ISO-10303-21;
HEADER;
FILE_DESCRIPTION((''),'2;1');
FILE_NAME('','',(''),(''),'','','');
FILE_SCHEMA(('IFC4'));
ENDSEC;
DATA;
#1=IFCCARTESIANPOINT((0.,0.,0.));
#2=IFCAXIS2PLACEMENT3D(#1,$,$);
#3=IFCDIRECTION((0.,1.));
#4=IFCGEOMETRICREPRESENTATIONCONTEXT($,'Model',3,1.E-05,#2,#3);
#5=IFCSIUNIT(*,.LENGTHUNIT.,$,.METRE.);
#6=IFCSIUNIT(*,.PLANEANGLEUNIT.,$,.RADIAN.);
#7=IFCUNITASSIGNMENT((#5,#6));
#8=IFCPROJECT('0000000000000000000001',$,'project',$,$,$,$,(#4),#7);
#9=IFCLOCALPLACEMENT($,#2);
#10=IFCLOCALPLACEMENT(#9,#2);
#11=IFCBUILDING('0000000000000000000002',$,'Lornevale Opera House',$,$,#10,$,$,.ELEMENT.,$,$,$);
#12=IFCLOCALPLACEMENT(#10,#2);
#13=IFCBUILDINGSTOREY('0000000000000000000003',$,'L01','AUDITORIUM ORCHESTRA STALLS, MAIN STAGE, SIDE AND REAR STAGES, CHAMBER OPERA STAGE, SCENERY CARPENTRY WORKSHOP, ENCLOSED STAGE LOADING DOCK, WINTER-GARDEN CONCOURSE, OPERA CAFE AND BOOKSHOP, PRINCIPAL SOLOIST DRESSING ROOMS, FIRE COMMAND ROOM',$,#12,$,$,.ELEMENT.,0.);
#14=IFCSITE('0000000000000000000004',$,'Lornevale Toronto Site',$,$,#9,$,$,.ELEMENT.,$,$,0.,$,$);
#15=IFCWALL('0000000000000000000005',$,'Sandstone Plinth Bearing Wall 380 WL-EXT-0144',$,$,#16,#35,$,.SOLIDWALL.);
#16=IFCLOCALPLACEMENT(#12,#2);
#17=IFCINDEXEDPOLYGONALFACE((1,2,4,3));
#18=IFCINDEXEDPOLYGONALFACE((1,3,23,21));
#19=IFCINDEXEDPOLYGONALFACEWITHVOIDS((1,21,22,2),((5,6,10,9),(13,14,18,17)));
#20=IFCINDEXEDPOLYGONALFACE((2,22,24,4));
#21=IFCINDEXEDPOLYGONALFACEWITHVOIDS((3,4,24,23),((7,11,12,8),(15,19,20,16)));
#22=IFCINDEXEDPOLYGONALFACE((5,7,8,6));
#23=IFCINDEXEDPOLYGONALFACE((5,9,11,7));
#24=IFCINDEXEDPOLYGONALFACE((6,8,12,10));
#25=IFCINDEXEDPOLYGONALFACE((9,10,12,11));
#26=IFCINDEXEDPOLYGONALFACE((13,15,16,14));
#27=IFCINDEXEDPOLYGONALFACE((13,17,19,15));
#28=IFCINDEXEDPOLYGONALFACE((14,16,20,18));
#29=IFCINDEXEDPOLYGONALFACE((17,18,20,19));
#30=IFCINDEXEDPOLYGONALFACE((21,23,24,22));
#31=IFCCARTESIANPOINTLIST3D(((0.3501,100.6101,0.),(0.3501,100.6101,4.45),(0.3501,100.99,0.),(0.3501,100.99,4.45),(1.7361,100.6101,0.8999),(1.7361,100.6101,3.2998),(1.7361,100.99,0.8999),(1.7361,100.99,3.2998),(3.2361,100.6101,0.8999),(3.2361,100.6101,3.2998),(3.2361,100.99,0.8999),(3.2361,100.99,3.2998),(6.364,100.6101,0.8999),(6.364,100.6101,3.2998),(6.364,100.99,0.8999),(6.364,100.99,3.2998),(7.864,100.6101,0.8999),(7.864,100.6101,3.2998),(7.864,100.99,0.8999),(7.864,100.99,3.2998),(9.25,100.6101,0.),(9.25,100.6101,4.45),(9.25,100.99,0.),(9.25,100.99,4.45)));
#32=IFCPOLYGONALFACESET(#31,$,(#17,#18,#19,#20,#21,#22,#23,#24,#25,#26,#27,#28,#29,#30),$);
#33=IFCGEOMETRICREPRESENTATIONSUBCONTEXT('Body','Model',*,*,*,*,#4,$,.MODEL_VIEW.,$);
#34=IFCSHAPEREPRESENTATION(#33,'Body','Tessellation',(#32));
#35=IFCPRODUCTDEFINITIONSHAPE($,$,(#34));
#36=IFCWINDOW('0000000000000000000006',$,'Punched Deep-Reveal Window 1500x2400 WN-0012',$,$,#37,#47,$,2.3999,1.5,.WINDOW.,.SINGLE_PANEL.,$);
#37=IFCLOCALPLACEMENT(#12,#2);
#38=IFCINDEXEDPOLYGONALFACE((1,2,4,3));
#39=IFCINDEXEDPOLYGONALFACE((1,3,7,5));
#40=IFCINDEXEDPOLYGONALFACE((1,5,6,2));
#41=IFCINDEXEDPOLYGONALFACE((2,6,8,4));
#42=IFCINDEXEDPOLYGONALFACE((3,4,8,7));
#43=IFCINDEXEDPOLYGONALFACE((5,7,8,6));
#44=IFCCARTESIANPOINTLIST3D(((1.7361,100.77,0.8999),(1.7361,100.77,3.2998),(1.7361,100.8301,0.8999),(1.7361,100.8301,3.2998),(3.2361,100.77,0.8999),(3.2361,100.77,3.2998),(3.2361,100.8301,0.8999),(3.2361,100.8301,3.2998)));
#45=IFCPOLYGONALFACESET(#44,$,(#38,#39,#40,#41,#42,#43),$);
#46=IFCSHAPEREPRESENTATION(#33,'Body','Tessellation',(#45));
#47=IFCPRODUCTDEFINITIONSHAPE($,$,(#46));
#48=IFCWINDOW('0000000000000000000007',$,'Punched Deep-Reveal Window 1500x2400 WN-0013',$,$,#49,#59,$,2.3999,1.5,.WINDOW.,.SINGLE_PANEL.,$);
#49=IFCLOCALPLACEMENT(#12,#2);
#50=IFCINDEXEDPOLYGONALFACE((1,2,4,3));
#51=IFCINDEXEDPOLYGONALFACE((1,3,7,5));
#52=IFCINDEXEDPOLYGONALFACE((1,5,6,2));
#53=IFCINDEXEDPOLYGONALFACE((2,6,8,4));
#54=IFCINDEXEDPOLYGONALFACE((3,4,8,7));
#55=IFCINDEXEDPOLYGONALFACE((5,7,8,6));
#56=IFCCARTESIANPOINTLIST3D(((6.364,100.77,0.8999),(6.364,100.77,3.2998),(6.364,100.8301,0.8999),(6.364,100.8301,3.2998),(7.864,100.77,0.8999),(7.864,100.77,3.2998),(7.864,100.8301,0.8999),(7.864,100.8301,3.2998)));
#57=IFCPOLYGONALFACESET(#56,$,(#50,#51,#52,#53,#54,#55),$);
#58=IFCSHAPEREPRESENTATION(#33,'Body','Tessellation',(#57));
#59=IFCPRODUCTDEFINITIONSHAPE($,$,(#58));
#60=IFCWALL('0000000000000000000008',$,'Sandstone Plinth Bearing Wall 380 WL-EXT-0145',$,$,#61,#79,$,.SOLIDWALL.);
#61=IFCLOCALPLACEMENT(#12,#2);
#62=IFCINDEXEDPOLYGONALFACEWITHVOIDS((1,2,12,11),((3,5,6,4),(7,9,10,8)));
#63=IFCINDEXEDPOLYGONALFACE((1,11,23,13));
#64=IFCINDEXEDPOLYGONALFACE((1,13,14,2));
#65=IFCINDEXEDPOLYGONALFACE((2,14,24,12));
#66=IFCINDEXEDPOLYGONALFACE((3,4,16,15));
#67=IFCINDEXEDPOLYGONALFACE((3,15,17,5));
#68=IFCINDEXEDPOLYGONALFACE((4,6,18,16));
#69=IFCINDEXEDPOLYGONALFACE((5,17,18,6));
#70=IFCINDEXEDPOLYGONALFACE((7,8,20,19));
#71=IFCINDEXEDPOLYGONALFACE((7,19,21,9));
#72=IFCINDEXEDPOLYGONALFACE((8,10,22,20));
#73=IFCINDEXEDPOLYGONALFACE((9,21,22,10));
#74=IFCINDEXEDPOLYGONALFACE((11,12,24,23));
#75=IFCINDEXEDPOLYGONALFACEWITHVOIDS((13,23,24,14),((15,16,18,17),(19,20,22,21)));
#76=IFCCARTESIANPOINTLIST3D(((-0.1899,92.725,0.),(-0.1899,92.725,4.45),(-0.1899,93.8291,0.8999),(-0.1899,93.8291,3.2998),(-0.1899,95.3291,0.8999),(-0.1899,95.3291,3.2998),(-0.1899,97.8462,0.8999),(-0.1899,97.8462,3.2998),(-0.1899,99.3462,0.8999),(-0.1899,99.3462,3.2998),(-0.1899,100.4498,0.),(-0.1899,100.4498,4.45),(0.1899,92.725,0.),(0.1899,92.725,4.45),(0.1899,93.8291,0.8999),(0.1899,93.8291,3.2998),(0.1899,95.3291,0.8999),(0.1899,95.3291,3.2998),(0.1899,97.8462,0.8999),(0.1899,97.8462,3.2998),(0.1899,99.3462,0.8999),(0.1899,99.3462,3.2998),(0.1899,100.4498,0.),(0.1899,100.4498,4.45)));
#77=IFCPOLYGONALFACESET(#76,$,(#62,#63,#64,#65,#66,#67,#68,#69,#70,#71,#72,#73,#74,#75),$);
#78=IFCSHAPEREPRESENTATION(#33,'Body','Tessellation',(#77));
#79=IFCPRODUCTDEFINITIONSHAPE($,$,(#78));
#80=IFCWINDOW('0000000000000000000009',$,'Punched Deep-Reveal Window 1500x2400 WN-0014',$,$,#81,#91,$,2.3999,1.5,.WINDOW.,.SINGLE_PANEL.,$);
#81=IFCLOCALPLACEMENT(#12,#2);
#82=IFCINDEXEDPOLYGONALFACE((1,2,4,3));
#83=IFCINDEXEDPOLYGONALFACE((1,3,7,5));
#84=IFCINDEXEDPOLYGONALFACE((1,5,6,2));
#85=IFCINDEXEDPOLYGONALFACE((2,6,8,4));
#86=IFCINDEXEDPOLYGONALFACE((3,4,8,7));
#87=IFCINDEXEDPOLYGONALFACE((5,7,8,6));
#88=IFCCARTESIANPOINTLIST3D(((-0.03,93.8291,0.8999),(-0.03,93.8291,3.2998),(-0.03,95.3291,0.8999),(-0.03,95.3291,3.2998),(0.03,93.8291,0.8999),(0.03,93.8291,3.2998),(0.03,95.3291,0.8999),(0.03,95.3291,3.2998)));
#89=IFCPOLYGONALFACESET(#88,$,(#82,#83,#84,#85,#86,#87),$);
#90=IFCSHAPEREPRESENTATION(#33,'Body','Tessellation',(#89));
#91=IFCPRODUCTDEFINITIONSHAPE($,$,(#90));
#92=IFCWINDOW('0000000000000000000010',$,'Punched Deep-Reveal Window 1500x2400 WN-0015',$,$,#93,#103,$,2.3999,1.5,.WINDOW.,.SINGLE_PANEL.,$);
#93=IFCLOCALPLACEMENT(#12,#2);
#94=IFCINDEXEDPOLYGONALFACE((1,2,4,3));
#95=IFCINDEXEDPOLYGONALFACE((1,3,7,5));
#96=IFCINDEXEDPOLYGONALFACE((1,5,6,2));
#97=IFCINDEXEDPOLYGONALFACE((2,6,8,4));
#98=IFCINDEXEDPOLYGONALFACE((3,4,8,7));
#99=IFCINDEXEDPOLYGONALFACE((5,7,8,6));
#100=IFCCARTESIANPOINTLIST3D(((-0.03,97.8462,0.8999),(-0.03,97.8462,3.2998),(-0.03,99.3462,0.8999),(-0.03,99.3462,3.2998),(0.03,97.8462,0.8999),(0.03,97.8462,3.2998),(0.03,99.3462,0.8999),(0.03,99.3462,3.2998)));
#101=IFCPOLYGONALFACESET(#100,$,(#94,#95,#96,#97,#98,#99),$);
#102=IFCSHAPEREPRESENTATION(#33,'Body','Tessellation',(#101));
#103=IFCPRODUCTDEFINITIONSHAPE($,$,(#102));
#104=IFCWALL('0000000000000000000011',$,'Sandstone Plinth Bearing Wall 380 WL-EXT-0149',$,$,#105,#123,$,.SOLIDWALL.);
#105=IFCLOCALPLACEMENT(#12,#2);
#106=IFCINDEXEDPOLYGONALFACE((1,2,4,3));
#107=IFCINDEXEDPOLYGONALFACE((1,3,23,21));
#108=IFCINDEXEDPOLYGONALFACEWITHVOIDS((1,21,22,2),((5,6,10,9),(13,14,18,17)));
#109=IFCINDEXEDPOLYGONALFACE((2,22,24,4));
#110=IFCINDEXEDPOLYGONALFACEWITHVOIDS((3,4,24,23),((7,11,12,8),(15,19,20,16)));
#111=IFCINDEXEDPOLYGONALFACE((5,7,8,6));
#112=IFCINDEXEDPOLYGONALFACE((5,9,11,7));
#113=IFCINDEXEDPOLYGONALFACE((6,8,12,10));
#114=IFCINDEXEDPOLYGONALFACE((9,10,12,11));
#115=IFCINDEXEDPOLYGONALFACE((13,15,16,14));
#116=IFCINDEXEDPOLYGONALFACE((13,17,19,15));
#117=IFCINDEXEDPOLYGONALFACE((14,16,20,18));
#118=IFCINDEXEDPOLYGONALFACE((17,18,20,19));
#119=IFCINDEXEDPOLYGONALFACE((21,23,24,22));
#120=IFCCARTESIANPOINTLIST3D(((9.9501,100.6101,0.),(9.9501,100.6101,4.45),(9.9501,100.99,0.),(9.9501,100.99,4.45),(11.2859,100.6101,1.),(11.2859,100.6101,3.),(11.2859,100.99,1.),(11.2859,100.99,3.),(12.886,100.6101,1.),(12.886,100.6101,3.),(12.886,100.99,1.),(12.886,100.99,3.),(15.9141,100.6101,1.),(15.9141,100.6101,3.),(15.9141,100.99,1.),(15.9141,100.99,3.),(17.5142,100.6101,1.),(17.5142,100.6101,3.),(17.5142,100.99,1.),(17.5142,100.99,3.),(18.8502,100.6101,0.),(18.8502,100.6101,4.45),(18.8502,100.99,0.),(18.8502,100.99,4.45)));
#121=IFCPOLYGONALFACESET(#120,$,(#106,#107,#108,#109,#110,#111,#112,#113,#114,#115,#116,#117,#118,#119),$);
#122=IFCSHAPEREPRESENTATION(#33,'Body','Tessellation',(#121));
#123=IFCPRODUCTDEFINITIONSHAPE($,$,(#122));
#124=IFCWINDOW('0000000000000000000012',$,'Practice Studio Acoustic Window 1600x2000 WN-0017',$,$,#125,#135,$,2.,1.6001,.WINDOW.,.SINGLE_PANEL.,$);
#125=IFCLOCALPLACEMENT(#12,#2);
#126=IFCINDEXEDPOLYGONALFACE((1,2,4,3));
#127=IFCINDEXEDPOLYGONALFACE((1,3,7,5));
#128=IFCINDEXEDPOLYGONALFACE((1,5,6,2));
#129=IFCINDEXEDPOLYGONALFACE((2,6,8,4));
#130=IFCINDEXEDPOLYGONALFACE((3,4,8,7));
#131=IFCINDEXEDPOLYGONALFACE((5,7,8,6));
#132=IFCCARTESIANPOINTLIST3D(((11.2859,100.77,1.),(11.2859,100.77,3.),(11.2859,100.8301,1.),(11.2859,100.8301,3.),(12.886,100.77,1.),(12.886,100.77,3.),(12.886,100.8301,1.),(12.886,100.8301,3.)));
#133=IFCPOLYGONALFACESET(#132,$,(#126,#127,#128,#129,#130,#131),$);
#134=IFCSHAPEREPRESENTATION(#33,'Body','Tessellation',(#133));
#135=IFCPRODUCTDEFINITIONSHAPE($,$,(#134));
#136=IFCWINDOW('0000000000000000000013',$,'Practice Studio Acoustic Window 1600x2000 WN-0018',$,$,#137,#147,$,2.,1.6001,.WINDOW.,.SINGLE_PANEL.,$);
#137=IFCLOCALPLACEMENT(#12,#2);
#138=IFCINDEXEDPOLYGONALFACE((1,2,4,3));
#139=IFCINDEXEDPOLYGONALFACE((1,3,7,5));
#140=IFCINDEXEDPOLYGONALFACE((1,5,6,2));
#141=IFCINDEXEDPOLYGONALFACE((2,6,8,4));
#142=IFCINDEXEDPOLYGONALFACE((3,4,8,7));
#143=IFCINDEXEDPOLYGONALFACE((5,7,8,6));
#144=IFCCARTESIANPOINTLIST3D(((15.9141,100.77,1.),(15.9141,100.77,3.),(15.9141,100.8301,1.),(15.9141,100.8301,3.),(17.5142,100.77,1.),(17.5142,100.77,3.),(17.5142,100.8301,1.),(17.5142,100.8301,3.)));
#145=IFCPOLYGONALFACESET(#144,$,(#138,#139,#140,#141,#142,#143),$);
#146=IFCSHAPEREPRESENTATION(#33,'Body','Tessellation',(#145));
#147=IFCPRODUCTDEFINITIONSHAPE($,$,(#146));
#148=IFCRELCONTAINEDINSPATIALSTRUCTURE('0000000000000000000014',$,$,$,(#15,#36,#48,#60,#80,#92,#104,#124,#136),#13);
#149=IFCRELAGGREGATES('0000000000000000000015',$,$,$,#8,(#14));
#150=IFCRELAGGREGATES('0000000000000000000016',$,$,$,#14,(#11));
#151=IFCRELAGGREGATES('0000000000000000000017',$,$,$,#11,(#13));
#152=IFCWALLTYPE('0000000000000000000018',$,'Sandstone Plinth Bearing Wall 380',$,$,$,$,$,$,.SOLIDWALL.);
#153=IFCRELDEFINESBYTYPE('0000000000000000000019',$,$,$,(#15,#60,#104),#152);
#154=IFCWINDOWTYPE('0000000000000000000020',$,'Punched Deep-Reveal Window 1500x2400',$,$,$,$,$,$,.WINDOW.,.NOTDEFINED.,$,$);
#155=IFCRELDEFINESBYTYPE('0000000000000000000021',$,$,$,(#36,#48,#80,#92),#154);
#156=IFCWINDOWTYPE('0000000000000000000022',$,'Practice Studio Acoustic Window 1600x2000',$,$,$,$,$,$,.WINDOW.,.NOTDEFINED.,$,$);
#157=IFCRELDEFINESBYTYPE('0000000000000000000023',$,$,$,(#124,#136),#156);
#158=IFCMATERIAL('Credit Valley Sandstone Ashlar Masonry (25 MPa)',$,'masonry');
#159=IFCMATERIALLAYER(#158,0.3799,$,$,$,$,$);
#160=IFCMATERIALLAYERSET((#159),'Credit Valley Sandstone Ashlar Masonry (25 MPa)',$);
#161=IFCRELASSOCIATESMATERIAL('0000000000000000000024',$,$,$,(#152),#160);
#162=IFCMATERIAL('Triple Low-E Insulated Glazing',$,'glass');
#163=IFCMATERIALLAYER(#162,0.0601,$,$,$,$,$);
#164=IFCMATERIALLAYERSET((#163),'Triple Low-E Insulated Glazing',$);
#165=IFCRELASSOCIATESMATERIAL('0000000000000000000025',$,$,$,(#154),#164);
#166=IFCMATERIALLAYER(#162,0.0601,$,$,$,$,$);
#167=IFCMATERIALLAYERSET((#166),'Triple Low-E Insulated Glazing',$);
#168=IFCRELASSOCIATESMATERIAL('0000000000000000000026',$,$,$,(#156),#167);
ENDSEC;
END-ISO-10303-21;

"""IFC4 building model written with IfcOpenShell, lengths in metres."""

from ifc_helpers import new_model, si_unit, direction, frame, frame_2d, origin, place, context, subcontext, project, spatial, rectangle, extrude, material, layer, layer_set, type_object, element, fill, save


model = new_model("IFC4")

# Units and contexts
model_context = context("Model", 3, precision=1e-05, world=origin(), true_north=direction((0.0, 1.0)))
body_context = subcontext(model_context, "Body", "Model", "MODEL_VIEW")
ifc_project = project(units=[si_unit("LENGTHUNIT", "METRE"), si_unit("PLANEANGLEUNIT", "RADIAN")], contexts=[model_context])

# Site, building, storey
site_placement = place(None, origin())
site = spatial("IfcSite", under=ifc_project, at=site_placement, Name="Lornevale Toronto Site", CompositionType="ELEMENT", RefElevation=0.0)
building_placement = place(site_placement, origin())
building = spatial("IfcBuilding", under=site, at=building_placement, Name="Lornevale Opera House", CompositionType="ELEMENT")
storey_placement = place(building_placement, origin())
storey = spatial("IfcBuildingStorey", under=building, at=storey_placement, Name="L01", Description="AUDITORIUM ORCHESTRA STALLS, MAIN STAGE, SIDE AND REAR STAGES, CHAMBER OPERA STAGE, SCENERY CARPENTRY WORKSHOP, ENCLOSED STAGE LOADING DOCK, WINTER-GARDEN CONCOURSE, OPERA CAFE AND BOOKSHOP, PRINCIPAL SOLOIST DRESSING ROOMS, FIRE COMMAND ROOM", CompositionType="ELEMENT", Elevation=0.0)

# Walls, openings, windows
ifc_material_1 = material(Name="Credit Valley Sandstone Ashlar Masonry (25 MPa)", Category="masonry")
ifc_layer_1 = layer(ifc_material_1, 0.3799)
ifc_layer_set_1 = layer_set([ifc_layer_1], Name="Credit Valley Sandstone Ashlar Masonry (25 MPa)")
wall_type = type_object("IfcWallType", Name="Sandstone Plinth Bearing Wall 380", PredefinedType="SOLIDWALL", material=ifc_layer_set_1)
wall_1_placement = place(storey_placement, frame((0.3501, 100.8, 0.0), z_axis=(0.0, 0.0, 1.0), x_axis=(1.0, 0.0, 0.0)))
wall_1 = element("IfcWall", 1, at=wall_1_placement, inside=storey, type_object=wall_type, Name="Sandstone Plinth Bearing Wall 380 WL-EXT-0144", PredefinedType="SOLIDWALL", context=body_context, shape_type="SweptSolid", body=[
    extrude(rectangle(XDim=8.8999, YDim=0.3799, at=frame_2d((4.45, 0.0))), origin(), (0.0, 0.0, 1.0), 4.45),
])
opening_1_placement = place(wall_1_placement, frame((1.386, 0.0, 0.8999)))
opening_1 = element("IfcOpeningElement", 2, at=opening_1_placement, cuts=wall_1, PredefinedType="OPENING", context=body_context, shape_type="SweptSolid", body=[
    extrude(rectangle(XDim=1.5, YDim=2.3999, at=frame_2d((0.75, 1.2))), frame((0.0, 0.2, 0.0), z_axis=(0.0, -1.0, 0.0), x_axis=(1.0, 0.0, 0.0)), (0.0, 0.0, 1.0), 0.3999),
])
opening_2_placement = place(wall_1_placement, frame((6.0139, 0.0, 0.8999)))
opening_2 = element("IfcOpeningElement", 3, at=opening_2_placement, cuts=wall_1, PredefinedType="OPENING", context=body_context, shape_type="SweptSolid", body=[
    extrude(rectangle(XDim=1.5, YDim=2.3999, at=frame_2d((0.75, 1.2))), frame((0.0, 0.2, 0.0), z_axis=(0.0, -1.0, 0.0), x_axis=(1.0, 0.0, 0.0)), (0.0, 0.0, 1.0), 0.3999),
])
ifc_material_2 = material(Name="Triple Low-E Insulated Glazing", Category="glass")
ifc_layer_2 = layer(ifc_material_2, 0.0601)
ifc_layer_set_2 = layer_set([ifc_layer_2], Name="Triple Low-E Insulated Glazing")
window_type_1 = type_object("IfcWindowType", Name="Punched Deep-Reveal Window 1500x2400", PartitioningType="NOTDEFINED", PredefinedType="WINDOW", material=ifc_layer_set_2)
window_1_placement = place(opening_1_placement, origin())
window_1 = element("IfcWindow", 4, at=window_1_placement, inside=storey, type_object=window_type_1, Name="Punched Deep-Reveal Window 1500x2400 WN-0012", OverallHeight=2.3999, OverallWidth=1.5, PartitioningType="SINGLE_PANEL", PredefinedType="WINDOW", context=body_context, shape_type="SweptSolid", body=[
    extrude(rectangle(XDim=1.5, YDim=2.3999, at=frame_2d((0.75, 1.2))), frame((0.0, 0.03, 0.0), z_axis=(0.0, -1.0, 0.0), x_axis=(1.0, 0.0, 0.0)), (0.0, 0.0, 1.0), 0.0601),
])
fill(opening_1, window_1)
window_2_placement = place(opening_2_placement, origin())
window_2 = element("IfcWindow", 5, at=window_2_placement, inside=storey, type_object=window_type_1, Name="Punched Deep-Reveal Window 1500x2400 WN-0013", OverallHeight=2.3999, OverallWidth=1.5, PartitioningType="SINGLE_PANEL", PredefinedType="WINDOW", context=body_context, shape_type="SweptSolid", body=[
    extrude(rectangle(XDim=1.5, YDim=2.3999, at=frame_2d((0.75, 1.2))), frame((0.0, 0.03, 0.0), z_axis=(0.0, -1.0, 0.0), x_axis=(1.0, 0.0, 0.0)), (0.0, 0.0, 1.0), 0.0601),
])
fill(opening_2, window_2)
wall_2_placement = place(storey_placement, frame((0.0, 92.7251, 0.0), z_axis=(0.0, 0.0, 1.0), x_axis=(0.0, 1.0, 0.0)))
wall_2 = element("IfcWall", 6, at=wall_2_placement, inside=storey, type_object=wall_type, Name="Sandstone Plinth Bearing Wall 380 WL-EXT-0145", PredefinedType="SOLIDWALL", context=body_context, shape_type="SweptSolid", body=[
    extrude(rectangle(XDim=7.7249, YDim=0.3799, at=frame_2d((3.8623, 0.0))), origin(), (0.0, 0.0, 1.0), 4.45),
])
opening_3_placement = place(wall_2_placement, frame((1.104, 0.0, 0.8999)))
opening_3 = element("IfcOpeningElement", 7, at=opening_3_placement, cuts=wall_2, PredefinedType="OPENING", context=body_context, shape_type="SweptSolid", body=[
    extrude(rectangle(XDim=1.5, YDim=2.3999, at=frame_2d((0.75, 1.2))), frame((0.0, 0.2, 0.0), z_axis=(0.0, -1.0, 0.0), x_axis=(1.0, 0.0, 0.0)), (0.0, 0.0, 1.0), 0.3999),
])
opening_4_placement = place(wall_2_placement, frame((5.1211, 0.0, 0.8999)))
opening_4 = element("IfcOpeningElement", 8, at=opening_4_placement, cuts=wall_2, PredefinedType="OPENING", context=body_context, shape_type="SweptSolid", body=[
    extrude(rectangle(XDim=1.5, YDim=2.3999, at=frame_2d((0.75, 1.2))), frame((0.0, 0.2, 0.0), z_axis=(0.0, -1.0, 0.0), x_axis=(1.0, 0.0, 0.0)), (0.0, 0.0, 1.0), 0.3999),
])
window_3_placement = place(opening_3_placement, origin())
window_3 = element("IfcWindow", 9, at=window_3_placement, inside=storey, type_object=window_type_1, Name="Punched Deep-Reveal Window 1500x2400 WN-0014", OverallHeight=2.3999, OverallWidth=1.5, PartitioningType="SINGLE_PANEL", PredefinedType="WINDOW", context=body_context, shape_type="SweptSolid", body=[
    extrude(rectangle(XDim=1.5, YDim=2.3999, at=frame_2d((0.75, 1.2))), frame((0.0, 0.03, 0.0), z_axis=(0.0, -1.0, 0.0), x_axis=(1.0, 0.0, 0.0)), (0.0, 0.0, 1.0), 0.0601),
])
fill(opening_3, window_3)
window_4_placement = place(opening_4_placement, origin())
window_4 = element("IfcWindow", 10, at=window_4_placement, inside=storey, type_object=window_type_1, Name="Punched Deep-Reveal Window 1500x2400 WN-0015", OverallHeight=2.3999, OverallWidth=1.5, PartitioningType="SINGLE_PANEL", PredefinedType="WINDOW", context=body_context, shape_type="SweptSolid", body=[
    extrude(rectangle(XDim=1.5, YDim=2.3999, at=frame_2d((0.75, 1.2))), frame((0.0, 0.03, 0.0), z_axis=(0.0, -1.0, 0.0), x_axis=(1.0, 0.0, 0.0)), (0.0, 0.0, 1.0), 0.0601),
])
fill(opening_4, window_4)
wall_3_placement = place(storey_placement, frame((9.95, 100.8, 0.0), z_axis=(0.0, 0.0, 1.0), x_axis=(1.0, 0.0, 0.0)))
wall_3 = element("IfcWall", 11, at=wall_3_placement, inside=storey, type_object=wall_type, Name="Sandstone Plinth Bearing Wall 380 WL-EXT-0149", PredefinedType="SOLIDWALL", context=body_context, shape_type="SweptSolid", body=[
    extrude(rectangle(XDim=8.9001, YDim=0.3799, at=frame_2d((4.4502, 0.0))), origin(), (0.0, 0.0, 1.0), 4.45),
])
opening_5_placement = place(wall_3_placement, frame((1.3359, 0.0, 1.0)))
opening_5 = element("IfcOpeningElement", 12, at=opening_5_placement, cuts=wall_3, PredefinedType="OPENING", context=body_context, shape_type="SweptSolid", body=[
    extrude(rectangle(XDim=1.6001, YDim=2.0, at=frame_2d((0.8, 1.0))), frame((0.0, 0.2, 0.0), z_axis=(0.0, -1.0, 0.0), x_axis=(1.0, 0.0, 0.0)), (0.0, 0.0, 1.0), 0.3999),
])
opening_6_placement = place(wall_3_placement, frame((5.9641, 0.0, 1.0)))
opening_6 = element("IfcOpeningElement", 13, at=opening_6_placement, cuts=wall_3, PredefinedType="OPENING", context=body_context, shape_type="SweptSolid", body=[
    extrude(rectangle(XDim=1.6001, YDim=2.0, at=frame_2d((0.8, 1.0))), frame((0.0, 0.2, 0.0), z_axis=(0.0, -1.0, 0.0), x_axis=(1.0, 0.0, 0.0)), (0.0, 0.0, 1.0), 0.3999),
])
ifc_layer_3 = layer(ifc_material_2, 0.0601)
ifc_layer_set_3 = layer_set([ifc_layer_3], Name="Triple Low-E Insulated Glazing")
window_type_2 = type_object("IfcWindowType", Name="Practice Studio Acoustic Window 1600x2000", PartitioningType="NOTDEFINED", PredefinedType="WINDOW", material=ifc_layer_set_3)
window_5_placement = place(opening_5_placement, origin())
window_5 = element("IfcWindow", 14, at=window_5_placement, inside=storey, type_object=window_type_2, Name="Practice Studio Acoustic Window 1600x2000 WN-0017", OverallHeight=2.0, OverallWidth=1.6001, PartitioningType="SINGLE_PANEL", PredefinedType="WINDOW", context=body_context, shape_type="SweptSolid", body=[
    extrude(rectangle(XDim=1.6001, YDim=2.0, at=frame_2d((0.8, 1.0))), frame((0.0, 0.03, 0.0), z_axis=(0.0, -1.0, 0.0), x_axis=(1.0, 0.0, 0.0)), (0.0, 0.0, 1.0), 0.0601),
])
fill(opening_5, window_5)
window_6_placement = place(opening_6_placement, origin())
window_6 = element("IfcWindow", 15, at=window_6_placement, inside=storey, type_object=window_type_2, Name="Practice Studio Acoustic Window 1600x2000 WN-0018", OverallHeight=2.0, OverallWidth=1.6001, PartitioningType="SINGLE_PANEL", PredefinedType="WINDOW", context=body_context, shape_type="SweptSolid", body=[
    extrude(rectangle(XDim=1.6001, YDim=2.0, at=frame_2d((0.8, 1.0))), frame((0.0, 0.03, 0.0), z_axis=(0.0, -1.0, 0.0), x_axis=(1.0, 0.0, 0.0)), (0.0, 0.0, 1.0), 0.0601),
])
fill(opening_6, window_6)

save(model, "model.ifc")
